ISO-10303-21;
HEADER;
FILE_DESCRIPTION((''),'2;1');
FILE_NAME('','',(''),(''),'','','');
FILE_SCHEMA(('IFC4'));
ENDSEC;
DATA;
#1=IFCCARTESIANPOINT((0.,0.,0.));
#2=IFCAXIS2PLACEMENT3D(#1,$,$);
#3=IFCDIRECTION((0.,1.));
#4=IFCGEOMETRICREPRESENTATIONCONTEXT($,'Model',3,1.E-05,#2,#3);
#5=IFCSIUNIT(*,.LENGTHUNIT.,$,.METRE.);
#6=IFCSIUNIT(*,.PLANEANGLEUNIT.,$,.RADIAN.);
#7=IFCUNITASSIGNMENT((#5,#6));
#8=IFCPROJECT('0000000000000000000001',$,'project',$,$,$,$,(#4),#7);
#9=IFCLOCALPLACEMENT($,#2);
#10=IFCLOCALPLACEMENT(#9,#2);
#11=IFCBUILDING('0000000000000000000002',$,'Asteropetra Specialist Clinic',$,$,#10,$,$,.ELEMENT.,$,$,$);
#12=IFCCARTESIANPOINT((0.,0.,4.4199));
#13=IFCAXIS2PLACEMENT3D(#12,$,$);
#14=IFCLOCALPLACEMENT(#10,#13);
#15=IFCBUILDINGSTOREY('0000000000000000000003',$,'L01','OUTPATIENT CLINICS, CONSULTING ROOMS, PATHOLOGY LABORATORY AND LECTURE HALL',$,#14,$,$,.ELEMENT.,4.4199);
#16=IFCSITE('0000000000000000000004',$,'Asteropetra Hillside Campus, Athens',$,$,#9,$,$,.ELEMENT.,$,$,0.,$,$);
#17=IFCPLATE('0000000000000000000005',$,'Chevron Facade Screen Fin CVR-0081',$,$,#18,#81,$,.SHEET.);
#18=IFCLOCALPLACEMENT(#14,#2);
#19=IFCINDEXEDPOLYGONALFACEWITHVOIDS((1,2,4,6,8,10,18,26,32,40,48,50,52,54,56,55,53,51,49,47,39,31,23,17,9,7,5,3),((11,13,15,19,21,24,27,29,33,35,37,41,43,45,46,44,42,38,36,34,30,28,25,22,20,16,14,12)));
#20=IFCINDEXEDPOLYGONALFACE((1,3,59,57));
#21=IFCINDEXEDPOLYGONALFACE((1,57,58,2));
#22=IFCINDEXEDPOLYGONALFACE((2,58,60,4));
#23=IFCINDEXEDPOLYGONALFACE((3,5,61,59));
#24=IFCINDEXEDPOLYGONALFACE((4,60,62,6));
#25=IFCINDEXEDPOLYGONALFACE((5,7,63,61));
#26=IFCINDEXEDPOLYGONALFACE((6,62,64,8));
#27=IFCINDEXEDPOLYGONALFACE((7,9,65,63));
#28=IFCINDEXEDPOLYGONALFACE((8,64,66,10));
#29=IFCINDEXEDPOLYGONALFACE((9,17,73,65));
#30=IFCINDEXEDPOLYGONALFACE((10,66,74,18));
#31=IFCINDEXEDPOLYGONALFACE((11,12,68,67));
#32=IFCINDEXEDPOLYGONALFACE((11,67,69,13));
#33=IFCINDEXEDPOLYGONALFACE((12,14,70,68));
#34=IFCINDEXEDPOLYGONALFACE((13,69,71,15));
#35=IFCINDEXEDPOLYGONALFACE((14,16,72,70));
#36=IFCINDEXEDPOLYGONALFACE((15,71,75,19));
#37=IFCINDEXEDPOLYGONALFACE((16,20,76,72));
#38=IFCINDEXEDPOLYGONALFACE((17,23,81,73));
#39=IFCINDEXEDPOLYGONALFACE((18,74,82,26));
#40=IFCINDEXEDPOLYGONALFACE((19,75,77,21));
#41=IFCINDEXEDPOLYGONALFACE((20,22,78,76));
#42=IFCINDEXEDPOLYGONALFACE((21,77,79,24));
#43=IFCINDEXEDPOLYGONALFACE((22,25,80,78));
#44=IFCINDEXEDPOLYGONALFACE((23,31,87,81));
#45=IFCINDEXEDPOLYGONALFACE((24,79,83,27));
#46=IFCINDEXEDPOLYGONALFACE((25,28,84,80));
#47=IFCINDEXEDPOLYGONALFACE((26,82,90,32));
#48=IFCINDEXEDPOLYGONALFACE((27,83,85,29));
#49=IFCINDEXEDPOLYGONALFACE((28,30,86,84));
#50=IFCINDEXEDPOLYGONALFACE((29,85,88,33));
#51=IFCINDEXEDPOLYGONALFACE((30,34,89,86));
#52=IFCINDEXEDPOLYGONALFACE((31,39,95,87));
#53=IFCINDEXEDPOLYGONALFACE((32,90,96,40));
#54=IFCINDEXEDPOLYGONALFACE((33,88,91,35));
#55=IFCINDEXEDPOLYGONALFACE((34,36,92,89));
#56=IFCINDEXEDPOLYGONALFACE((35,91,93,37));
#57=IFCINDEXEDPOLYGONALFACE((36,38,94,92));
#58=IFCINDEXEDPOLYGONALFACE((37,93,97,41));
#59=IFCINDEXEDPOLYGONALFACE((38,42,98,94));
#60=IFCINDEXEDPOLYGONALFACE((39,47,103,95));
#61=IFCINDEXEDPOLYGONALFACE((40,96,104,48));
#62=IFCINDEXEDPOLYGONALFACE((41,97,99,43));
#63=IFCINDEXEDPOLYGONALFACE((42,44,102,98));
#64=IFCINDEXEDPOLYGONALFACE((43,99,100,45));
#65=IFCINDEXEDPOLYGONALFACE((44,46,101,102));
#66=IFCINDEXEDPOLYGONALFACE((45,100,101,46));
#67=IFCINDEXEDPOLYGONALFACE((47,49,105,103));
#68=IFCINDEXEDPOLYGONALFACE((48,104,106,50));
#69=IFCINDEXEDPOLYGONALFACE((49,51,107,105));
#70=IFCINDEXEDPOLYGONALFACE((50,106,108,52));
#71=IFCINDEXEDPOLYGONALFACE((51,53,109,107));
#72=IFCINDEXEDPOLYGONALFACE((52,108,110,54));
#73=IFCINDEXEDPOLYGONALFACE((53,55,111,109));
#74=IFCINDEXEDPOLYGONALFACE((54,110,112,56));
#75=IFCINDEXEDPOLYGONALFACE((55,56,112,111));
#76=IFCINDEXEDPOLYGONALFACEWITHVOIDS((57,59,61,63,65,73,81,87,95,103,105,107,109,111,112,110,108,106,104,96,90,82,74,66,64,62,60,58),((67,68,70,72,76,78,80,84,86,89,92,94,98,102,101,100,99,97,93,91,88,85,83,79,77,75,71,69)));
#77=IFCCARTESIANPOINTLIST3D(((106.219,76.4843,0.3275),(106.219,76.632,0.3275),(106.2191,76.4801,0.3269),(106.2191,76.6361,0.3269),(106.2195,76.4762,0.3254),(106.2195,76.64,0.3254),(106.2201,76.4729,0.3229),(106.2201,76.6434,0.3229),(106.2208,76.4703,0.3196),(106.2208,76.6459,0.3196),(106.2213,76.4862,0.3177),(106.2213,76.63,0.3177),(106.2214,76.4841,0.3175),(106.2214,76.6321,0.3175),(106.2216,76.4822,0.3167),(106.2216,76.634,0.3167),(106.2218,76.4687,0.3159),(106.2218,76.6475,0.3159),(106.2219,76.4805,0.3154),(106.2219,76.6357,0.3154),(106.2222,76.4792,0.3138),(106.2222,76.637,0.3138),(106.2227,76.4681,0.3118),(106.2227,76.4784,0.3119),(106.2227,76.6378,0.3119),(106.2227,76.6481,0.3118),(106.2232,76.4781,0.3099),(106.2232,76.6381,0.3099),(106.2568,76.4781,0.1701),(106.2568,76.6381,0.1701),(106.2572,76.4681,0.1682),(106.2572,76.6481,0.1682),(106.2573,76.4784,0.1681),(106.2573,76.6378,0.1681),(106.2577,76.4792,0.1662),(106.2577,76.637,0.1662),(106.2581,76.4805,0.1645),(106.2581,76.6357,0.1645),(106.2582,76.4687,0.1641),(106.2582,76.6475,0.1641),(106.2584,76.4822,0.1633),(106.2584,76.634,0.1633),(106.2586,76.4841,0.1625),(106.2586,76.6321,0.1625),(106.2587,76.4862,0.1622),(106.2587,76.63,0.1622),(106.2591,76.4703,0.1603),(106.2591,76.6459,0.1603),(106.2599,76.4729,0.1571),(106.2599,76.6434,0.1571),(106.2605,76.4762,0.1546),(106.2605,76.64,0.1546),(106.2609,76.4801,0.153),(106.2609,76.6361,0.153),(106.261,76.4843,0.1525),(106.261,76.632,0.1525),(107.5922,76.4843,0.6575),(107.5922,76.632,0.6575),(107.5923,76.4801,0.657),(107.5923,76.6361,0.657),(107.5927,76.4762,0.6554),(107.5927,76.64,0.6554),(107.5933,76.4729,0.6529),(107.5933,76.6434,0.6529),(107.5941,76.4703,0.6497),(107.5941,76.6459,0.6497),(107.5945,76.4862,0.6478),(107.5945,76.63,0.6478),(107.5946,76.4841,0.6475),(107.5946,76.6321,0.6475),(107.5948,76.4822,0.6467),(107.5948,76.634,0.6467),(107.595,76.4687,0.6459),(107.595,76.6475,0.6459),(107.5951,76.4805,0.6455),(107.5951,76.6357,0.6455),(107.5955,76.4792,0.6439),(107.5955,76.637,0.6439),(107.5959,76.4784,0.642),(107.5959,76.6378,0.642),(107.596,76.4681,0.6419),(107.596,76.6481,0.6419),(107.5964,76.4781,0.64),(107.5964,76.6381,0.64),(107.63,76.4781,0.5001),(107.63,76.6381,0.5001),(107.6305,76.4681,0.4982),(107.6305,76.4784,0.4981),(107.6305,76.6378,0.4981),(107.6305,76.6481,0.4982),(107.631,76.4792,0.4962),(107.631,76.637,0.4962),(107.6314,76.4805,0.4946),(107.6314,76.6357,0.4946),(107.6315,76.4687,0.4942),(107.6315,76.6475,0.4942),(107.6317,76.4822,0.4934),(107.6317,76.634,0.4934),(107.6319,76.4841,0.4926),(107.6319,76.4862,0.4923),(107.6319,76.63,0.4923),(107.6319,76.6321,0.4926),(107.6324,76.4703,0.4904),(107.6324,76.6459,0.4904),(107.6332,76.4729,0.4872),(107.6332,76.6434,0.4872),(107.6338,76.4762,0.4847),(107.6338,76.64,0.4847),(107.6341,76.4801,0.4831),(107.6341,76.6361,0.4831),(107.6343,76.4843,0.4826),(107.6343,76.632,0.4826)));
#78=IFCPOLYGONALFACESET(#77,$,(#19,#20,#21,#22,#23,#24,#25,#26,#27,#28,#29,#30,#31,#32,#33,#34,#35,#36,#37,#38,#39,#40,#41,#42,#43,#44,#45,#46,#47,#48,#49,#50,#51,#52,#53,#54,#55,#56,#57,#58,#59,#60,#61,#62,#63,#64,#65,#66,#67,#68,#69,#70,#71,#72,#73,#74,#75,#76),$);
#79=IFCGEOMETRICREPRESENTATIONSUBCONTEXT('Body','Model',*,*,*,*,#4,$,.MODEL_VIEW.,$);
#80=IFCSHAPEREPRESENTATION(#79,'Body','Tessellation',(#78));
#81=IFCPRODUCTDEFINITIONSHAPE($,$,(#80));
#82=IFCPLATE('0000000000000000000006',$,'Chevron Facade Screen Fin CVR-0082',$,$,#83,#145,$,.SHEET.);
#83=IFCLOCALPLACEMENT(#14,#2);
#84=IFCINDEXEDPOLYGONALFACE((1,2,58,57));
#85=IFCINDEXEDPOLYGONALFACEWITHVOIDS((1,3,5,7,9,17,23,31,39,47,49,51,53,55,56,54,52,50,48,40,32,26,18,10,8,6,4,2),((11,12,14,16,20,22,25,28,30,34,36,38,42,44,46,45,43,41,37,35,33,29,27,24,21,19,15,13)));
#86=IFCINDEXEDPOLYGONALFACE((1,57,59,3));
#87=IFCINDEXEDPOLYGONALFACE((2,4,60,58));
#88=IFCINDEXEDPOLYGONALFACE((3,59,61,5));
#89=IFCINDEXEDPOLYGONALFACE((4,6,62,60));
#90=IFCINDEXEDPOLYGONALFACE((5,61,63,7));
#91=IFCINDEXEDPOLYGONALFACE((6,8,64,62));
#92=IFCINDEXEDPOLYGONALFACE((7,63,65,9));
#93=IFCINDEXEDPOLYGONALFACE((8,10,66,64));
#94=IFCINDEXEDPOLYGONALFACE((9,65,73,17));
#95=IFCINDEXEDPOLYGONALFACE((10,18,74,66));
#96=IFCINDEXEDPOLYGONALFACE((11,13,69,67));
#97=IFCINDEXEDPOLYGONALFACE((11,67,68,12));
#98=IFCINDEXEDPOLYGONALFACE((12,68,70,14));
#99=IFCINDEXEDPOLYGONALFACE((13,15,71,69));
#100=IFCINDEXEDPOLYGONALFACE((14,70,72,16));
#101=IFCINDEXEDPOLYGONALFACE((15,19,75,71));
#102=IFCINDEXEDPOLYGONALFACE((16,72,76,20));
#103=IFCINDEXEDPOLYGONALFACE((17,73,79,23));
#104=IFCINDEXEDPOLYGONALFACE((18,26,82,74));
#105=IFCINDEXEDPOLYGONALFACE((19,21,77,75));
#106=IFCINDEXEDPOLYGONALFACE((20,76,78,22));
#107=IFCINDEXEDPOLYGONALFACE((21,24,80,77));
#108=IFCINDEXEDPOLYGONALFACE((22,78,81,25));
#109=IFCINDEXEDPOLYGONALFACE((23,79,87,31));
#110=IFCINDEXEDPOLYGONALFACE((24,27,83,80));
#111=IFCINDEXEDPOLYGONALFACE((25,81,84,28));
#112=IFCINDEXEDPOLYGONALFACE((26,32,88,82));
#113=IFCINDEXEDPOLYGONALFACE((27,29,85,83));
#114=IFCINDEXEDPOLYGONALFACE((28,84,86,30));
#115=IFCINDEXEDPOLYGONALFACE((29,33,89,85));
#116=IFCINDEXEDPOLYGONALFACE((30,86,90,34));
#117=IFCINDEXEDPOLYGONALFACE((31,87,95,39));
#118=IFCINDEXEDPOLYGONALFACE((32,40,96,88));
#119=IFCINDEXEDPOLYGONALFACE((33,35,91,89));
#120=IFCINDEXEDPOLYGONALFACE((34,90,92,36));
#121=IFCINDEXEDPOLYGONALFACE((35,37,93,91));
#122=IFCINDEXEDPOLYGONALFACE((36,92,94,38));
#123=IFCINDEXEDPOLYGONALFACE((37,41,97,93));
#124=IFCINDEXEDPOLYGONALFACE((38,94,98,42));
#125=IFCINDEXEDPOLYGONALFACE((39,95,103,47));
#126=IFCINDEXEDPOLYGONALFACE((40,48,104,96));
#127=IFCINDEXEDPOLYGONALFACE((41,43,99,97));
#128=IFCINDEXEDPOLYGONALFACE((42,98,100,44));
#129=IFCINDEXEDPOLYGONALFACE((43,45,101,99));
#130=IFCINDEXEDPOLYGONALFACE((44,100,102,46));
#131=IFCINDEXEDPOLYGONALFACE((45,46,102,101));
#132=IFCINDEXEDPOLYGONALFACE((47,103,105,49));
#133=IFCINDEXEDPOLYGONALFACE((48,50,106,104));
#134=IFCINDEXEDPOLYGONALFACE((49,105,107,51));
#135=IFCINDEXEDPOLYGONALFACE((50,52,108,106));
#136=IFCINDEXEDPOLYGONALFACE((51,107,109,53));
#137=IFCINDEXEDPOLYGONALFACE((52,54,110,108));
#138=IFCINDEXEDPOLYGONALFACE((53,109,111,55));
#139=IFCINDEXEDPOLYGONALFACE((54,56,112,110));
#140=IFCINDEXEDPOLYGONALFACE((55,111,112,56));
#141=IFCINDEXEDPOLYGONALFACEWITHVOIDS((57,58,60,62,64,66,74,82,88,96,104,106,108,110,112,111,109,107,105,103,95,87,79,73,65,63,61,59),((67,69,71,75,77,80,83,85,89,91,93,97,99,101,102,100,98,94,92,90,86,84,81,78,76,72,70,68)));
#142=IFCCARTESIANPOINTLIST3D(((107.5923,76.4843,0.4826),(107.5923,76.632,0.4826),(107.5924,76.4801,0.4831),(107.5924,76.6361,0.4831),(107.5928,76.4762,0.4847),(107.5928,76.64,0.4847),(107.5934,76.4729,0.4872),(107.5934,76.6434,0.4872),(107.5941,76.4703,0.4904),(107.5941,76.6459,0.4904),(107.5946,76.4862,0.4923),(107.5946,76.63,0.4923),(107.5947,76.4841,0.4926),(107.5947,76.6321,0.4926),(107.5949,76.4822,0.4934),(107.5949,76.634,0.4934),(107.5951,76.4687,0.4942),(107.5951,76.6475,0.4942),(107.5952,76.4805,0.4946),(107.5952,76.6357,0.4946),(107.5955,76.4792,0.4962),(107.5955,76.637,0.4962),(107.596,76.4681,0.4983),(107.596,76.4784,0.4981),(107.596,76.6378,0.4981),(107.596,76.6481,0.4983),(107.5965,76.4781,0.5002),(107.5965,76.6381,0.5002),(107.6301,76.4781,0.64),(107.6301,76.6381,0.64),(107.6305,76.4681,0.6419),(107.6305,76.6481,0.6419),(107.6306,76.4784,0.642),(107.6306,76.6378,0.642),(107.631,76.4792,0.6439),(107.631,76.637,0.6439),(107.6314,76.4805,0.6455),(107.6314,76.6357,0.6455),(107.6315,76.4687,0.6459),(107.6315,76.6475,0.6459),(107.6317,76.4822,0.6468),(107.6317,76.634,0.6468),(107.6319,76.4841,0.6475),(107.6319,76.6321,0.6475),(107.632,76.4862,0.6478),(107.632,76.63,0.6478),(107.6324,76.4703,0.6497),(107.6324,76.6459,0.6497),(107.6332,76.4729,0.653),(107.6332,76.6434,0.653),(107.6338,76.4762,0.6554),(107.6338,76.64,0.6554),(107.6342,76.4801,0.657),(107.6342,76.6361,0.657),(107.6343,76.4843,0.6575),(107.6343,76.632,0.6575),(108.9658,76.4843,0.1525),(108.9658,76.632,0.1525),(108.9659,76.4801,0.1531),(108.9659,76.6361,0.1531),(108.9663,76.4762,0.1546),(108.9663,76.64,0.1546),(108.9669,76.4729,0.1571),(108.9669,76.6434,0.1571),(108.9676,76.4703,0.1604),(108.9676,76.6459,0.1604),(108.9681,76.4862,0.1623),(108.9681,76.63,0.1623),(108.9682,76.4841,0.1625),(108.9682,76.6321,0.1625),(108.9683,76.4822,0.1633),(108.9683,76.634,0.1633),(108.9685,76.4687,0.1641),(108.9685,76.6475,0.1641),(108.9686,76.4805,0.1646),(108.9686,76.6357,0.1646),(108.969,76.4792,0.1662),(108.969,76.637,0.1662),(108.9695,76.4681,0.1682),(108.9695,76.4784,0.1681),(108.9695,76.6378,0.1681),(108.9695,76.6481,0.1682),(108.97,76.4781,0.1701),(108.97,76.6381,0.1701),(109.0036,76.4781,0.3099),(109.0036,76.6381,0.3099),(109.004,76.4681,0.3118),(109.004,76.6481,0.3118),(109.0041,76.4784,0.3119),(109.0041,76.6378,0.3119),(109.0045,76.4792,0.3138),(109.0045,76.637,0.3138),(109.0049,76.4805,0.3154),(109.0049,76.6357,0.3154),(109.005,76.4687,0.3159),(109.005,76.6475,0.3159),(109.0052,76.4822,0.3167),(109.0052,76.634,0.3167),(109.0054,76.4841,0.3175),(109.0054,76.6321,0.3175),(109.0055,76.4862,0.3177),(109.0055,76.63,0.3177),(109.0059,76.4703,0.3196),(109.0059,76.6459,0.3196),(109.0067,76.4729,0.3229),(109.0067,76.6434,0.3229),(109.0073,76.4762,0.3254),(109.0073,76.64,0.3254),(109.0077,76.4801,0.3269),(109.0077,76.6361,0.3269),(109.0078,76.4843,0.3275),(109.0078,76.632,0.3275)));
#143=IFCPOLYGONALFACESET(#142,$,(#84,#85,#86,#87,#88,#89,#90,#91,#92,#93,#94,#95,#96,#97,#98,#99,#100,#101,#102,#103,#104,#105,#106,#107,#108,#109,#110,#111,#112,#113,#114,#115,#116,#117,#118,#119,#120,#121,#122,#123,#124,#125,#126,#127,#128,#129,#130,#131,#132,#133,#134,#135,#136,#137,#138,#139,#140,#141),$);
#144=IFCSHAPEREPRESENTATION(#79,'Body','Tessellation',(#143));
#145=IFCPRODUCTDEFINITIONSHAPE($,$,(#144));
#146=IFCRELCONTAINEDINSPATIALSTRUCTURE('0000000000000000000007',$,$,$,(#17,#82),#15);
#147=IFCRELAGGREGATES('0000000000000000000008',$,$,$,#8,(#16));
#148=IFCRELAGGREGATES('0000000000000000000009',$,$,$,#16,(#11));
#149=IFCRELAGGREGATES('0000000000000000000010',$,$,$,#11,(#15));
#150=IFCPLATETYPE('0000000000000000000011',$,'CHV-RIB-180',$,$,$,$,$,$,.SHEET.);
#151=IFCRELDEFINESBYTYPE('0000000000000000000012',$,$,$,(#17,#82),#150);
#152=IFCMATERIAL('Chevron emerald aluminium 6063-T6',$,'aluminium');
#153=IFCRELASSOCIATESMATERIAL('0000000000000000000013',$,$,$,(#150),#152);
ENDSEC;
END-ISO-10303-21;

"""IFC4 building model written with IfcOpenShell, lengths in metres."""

from ifc_helpers import new_model, si_unit, direction, frame, origin, origin_2d, place, context, subcontext, project, spatial, hollow_rectangle, extrude, material, material_profile, profile_set, type_object, element, save


model = new_model("IFC4")

# Units and contexts
model_context = context("Model", 3, precision=1e-05, world=origin(), true_north=direction((0.0, 1.0)))
body_context = subcontext(model_context, "Body", "Model", "MODEL_VIEW")
ifc_project = project(units=[si_unit("LENGTHUNIT", "METRE"), si_unit("PLANEANGLEUNIT", "RADIAN")], contexts=[model_context])

# Site, building, storey
site_placement = place(None, origin())
site = spatial("IfcSite", under=ifc_project, at=site_placement, Name="Asteropetra Hillside Campus, Athens", CompositionType="ELEMENT", RefElevation=0.0)
building_placement = place(site_placement, origin())
building = spatial("IfcBuilding", under=site, at=building_placement, Name="Asteropetra Specialist Clinic", CompositionType="ELEMENT")
storey_placement = place(building_placement, frame((0.0, 0.0, 4.4199)))
storey = spatial("IfcBuildingStorey", under=building, at=storey_placement, Name="L01", Description="OUTPATIENT CLINICS, CONSULTING ROOMS, PATHOLOGY LABORATORY AND LECTURE HALL", CompositionType="ELEMENT", Elevation=4.4199)

# Plates
ifc_material_1 = material(Name="Chevron emerald aluminium 6063-T6", Category="aluminium")
ifc_material_profile_1 = material_profile(ifc_material_1, hollow_rectangle(XDim=0.1799, YDim=0.1799, WallThickness=0.01, InnerFilletRadius=0.0081, OuterFilletRadius=0.0161, at=origin_2d()), Name="SHS 180x180x10.0")
ifc_profile_set_1 = profile_set([ifc_material_profile_1], Name="Chevron emerald aluminium 6063-T6")
plate_type = type_object("IfcPlateType", Name="CHV-RIB-180", PredefinedType="SHEET", material=ifc_profile_set_1)
plate_1_placement = place(storey_placement, frame((106.24, 76.5581, 0.24), z_axis=(0.972309, 0.0, 0.2337), x_axis=(0.0, 1.0, 0.0)))
element("IfcPlate", 1, at=plate_1_placement, inside=storey, type_object=plate_type, Name="Chevron Facade Screen Fin CVR-0081", PredefinedType="SHEET", context=body_context, shape_type="SweptSolid", body=[
    extrude(hollow_rectangle(XDim=0.1799, YDim=0.1799, WallThickness=0.01, InnerFilletRadius=0.0081, OuterFilletRadius=0.0161, at=origin_2d()), origin(), (0.0, 0.0, 1.0), 1.4124),
])
plate_2_placement = place(storey_placement, frame((107.6133, 76.5581, 0.5701), z_axis=(0.972318, 0.0, -0.233661), x_axis=(0.0, 1.0, 0.0)))
element("IfcPlate", 2, at=plate_2_placement, inside=storey, type_object=plate_type, Name="Chevron Facade Screen Fin CVR-0082", PredefinedType="SHEET", context=body_context, shape_type="SweptSolid", body=[
    extrude(hollow_rectangle(XDim=0.1799, YDim=0.1799, WallThickness=0.01, InnerFilletRadius=0.0081, OuterFilletRadius=0.0161, at=origin_2d()), origin(), (0.0, 0.0, 1.0), 1.4126),
])

save(model, "model.ifc")
